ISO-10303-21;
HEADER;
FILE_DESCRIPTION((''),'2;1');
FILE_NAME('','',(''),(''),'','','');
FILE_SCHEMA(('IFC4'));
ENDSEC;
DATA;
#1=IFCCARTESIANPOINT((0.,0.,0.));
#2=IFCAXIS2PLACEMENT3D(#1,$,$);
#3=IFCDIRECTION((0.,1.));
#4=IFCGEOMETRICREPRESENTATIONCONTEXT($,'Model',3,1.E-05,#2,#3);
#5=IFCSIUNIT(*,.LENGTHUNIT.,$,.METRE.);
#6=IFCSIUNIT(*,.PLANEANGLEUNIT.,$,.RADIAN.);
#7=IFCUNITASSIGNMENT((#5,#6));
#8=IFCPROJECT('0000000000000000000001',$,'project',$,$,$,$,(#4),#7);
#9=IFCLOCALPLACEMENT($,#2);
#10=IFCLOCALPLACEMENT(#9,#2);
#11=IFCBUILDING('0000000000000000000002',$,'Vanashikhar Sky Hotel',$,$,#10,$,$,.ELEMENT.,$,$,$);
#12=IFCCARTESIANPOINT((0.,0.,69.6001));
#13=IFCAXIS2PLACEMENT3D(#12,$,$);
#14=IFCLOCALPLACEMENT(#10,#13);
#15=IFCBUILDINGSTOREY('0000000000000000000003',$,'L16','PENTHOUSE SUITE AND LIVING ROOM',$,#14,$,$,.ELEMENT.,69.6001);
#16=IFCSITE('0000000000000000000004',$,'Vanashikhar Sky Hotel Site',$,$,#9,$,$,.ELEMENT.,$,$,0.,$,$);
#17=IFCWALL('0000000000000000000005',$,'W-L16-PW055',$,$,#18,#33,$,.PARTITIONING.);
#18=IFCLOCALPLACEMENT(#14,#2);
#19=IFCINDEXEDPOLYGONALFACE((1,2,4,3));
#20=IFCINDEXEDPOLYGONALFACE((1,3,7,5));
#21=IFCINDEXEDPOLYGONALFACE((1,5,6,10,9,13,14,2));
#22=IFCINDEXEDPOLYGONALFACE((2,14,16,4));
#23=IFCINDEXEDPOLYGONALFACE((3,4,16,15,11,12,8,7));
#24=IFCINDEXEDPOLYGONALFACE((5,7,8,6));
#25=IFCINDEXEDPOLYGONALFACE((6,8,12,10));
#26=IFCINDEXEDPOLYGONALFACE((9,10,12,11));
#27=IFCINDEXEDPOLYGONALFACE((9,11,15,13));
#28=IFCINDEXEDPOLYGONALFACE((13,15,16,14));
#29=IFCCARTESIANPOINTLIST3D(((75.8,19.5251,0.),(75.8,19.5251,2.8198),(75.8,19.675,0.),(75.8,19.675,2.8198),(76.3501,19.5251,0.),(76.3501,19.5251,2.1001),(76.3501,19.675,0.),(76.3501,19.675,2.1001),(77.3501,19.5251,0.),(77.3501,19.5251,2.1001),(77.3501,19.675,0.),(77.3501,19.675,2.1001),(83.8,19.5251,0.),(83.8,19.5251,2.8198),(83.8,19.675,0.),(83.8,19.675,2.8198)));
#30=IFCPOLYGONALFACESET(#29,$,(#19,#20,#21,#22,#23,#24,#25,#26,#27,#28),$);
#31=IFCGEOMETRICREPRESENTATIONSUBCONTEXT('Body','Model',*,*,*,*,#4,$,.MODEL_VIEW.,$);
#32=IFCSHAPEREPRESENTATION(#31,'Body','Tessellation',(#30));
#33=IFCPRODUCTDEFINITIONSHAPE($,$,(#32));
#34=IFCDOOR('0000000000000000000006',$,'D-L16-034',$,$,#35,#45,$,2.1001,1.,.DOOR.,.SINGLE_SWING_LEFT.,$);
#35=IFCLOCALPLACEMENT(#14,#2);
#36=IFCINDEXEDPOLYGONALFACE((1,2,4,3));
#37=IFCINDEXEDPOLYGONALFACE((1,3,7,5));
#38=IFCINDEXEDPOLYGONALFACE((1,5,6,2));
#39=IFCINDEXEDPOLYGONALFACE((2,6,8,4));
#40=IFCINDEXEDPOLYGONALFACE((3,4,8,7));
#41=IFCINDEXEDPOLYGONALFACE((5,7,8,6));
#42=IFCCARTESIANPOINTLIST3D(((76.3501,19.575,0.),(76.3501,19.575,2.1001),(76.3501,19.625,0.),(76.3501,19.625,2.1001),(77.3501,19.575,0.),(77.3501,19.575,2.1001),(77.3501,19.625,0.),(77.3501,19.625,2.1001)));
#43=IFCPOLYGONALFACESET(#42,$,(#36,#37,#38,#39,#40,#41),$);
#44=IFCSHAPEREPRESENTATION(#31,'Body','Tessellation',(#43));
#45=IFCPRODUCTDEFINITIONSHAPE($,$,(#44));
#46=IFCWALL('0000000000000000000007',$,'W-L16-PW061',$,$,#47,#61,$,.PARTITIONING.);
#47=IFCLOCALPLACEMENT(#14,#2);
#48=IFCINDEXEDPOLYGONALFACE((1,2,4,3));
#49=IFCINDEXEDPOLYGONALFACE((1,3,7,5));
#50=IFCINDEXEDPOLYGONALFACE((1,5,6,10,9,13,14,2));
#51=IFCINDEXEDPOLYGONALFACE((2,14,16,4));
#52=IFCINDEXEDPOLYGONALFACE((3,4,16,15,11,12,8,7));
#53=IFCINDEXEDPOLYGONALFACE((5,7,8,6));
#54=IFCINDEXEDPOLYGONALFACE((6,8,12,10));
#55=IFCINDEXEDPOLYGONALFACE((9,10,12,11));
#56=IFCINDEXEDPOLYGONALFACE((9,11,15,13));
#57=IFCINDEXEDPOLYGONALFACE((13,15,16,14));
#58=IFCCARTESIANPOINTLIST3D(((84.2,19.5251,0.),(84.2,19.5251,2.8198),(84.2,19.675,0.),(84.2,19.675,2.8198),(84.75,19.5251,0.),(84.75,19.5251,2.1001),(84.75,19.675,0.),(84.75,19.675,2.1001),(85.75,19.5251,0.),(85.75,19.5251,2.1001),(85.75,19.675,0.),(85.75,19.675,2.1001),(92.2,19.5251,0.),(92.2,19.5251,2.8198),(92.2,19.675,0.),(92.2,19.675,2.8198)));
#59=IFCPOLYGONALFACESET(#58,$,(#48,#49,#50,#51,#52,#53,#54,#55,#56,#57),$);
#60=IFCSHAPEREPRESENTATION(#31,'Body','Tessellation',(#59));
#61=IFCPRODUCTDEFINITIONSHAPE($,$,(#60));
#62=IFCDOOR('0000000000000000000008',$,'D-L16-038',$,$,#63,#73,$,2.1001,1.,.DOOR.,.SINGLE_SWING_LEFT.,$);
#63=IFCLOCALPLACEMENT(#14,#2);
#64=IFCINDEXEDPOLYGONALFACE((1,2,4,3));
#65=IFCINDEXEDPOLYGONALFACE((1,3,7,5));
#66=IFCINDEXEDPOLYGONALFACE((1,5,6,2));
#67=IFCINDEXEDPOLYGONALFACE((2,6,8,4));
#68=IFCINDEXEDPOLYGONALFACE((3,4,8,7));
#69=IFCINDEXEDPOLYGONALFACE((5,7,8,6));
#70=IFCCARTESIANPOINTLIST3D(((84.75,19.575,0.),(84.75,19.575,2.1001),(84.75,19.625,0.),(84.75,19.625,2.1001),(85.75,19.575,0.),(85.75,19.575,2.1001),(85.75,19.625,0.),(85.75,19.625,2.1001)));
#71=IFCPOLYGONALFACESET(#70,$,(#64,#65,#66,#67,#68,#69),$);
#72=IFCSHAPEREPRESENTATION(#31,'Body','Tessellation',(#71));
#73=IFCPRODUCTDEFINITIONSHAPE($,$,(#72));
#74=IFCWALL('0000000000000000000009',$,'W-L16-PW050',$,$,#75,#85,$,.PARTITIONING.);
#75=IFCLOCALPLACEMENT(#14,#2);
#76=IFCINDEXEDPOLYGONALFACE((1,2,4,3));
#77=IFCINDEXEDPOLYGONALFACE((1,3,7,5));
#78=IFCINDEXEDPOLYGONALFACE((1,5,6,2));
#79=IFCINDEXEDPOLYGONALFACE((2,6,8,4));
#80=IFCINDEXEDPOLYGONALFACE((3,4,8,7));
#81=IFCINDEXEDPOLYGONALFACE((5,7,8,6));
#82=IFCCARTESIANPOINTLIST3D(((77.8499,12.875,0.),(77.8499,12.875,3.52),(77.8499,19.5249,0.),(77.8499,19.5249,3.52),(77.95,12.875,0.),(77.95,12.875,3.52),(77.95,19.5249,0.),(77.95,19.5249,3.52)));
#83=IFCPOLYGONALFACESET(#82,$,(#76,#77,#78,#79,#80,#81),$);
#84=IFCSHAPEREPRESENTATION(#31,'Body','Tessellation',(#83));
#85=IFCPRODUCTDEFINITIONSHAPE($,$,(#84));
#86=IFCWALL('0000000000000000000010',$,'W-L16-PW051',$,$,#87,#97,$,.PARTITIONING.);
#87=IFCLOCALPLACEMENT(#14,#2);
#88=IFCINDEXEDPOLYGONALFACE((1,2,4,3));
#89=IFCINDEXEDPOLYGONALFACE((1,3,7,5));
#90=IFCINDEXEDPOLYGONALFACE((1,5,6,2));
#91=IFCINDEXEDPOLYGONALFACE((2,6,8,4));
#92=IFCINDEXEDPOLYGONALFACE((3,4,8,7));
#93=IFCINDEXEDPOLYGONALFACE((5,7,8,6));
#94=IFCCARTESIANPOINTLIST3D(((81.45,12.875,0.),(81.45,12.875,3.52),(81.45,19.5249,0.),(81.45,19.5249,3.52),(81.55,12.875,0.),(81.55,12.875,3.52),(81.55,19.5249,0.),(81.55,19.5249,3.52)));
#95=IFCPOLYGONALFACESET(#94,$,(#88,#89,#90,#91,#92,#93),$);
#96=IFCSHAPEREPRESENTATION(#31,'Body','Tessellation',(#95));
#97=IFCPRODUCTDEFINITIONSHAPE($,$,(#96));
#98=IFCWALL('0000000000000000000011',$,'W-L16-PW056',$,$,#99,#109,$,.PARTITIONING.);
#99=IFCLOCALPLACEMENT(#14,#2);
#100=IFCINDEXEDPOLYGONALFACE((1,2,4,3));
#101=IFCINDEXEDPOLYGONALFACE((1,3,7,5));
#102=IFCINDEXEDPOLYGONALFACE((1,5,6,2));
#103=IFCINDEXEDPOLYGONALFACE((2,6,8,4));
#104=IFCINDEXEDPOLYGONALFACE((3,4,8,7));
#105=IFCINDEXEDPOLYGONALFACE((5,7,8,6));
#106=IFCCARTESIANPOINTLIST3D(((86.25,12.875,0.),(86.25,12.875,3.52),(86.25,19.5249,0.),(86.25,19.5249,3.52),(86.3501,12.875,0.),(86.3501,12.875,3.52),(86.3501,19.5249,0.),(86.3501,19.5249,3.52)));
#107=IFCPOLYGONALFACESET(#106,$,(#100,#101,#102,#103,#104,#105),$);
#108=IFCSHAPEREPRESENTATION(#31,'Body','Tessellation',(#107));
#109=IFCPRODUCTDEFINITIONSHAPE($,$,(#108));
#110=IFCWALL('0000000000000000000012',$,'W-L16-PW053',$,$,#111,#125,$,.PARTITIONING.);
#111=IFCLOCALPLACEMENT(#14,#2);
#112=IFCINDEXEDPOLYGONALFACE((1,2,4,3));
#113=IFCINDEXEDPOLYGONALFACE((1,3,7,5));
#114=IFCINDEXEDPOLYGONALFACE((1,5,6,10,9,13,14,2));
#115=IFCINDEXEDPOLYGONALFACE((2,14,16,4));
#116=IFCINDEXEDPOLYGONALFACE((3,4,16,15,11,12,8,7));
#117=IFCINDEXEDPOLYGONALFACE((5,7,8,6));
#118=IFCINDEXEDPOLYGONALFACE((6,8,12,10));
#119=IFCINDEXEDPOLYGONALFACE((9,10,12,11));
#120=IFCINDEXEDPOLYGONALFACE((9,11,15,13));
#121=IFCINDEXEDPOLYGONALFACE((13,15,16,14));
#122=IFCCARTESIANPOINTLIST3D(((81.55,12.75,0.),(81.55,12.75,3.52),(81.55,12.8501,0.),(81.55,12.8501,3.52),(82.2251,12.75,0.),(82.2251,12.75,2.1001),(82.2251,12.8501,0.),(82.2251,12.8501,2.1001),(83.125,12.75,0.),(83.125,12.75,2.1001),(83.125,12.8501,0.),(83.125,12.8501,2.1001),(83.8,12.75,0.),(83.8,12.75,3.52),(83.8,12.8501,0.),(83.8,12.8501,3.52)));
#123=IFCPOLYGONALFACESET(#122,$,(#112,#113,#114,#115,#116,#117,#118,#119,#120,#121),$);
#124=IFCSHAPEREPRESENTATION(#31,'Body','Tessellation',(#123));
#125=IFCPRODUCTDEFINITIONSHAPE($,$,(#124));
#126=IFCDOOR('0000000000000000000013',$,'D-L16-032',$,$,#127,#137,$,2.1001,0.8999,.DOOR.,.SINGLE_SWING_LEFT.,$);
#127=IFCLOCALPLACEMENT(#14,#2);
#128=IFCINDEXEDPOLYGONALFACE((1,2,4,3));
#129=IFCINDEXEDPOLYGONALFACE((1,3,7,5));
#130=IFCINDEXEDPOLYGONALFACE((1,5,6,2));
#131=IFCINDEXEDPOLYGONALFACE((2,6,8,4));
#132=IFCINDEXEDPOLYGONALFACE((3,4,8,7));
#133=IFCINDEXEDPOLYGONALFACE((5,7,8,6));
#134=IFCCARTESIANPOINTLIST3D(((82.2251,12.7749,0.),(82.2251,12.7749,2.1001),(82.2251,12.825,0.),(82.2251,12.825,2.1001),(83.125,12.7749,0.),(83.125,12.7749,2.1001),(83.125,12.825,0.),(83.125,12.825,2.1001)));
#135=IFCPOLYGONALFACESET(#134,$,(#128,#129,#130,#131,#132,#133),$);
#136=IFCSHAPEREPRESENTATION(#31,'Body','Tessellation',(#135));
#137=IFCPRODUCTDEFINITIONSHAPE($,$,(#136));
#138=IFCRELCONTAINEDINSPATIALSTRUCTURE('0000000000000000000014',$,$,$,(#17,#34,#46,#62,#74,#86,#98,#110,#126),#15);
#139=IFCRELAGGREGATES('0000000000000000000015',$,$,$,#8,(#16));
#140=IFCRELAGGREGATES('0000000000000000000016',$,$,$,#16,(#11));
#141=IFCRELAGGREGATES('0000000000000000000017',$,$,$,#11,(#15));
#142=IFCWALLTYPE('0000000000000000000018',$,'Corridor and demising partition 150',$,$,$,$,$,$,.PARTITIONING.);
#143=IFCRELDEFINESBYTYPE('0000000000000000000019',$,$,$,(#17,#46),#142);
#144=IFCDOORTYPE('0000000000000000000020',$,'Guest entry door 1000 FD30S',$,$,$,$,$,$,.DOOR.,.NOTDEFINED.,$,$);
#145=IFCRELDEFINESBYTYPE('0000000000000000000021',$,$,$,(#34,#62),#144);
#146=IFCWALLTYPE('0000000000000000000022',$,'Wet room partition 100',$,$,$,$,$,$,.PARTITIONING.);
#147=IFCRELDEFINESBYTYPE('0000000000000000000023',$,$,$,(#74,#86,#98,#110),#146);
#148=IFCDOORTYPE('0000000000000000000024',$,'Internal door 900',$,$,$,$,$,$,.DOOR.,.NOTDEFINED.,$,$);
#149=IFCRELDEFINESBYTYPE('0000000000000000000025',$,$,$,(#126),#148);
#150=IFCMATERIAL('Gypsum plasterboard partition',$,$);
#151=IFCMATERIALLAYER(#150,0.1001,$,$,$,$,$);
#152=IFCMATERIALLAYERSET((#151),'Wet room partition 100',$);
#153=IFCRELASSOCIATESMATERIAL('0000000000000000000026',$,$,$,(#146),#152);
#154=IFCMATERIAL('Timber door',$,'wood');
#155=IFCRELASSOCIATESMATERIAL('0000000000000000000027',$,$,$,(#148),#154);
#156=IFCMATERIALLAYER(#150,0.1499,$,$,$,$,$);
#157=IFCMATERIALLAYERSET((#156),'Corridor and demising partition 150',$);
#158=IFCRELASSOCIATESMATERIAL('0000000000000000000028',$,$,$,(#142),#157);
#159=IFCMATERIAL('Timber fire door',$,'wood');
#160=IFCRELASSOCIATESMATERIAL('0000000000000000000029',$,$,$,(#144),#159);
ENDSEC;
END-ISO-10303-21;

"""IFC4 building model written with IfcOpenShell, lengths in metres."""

from ifc_helpers import new_model, si_unit, direction, frame, frame_2d, origin, place, context, subcontext, project, spatial, rectangle, extrude, source, transform, mapped, material, layer, layer_set, type_object, element, fill, save


model = new_model("IFC4")

# Units and contexts
model_context = context("Model", 3, precision=1e-05, world=origin(), true_north=direction((0.0, 1.0)))
body_context = subcontext(model_context, "Body", "Model", "MODEL_VIEW")
ifc_project = project(units=[si_unit("LENGTHUNIT", "METRE"), si_unit("PLANEANGLEUNIT", "RADIAN")], contexts=[model_context])

# Site, building, storey
site_placement = place(None, origin())
site = spatial("IfcSite", under=ifc_project, at=site_placement, Name="Vanashikhar Sky Hotel Site", CompositionType="ELEMENT", RefElevation=0.0)
building_placement = place(site_placement, origin())
building = spatial("IfcBuilding", under=site, at=building_placement, Name="Vanashikhar Sky Hotel", CompositionType="ELEMENT")
storey_placement = place(building_placement, frame((0.0, 0.0, 69.6001)))
storey = spatial("IfcBuildingStorey", under=building, at=storey_placement, Name="L16", Description="PENTHOUSE SUITE AND LIVING ROOM", CompositionType="ELEMENT", Elevation=69.6001)

# Walls, openings, doors
ifc_material_1 = material(Name="Gypsum plasterboard partition")
ifc_layer_1 = layer(ifc_material_1, 0.1001)
ifc_layer_set_1 = layer_set([ifc_layer_1], Name="Wet room partition 100")
wall_type_1 = type_object("IfcWallType", Name="Wet room partition 100", PredefinedType="PARTITIONING", material=ifc_layer_set_1)
shared_shape_1 = source(origin(), body_context, "Body", "SweptSolid", [
    extrude(rectangle(XDim=0.8999, YDim=2.1001, at=frame_2d((0.45, 1.05))), frame((0.0, 0.0601, 0.0), z_axis=(0.0, -1.0, 0.0), x_axis=(1.0, 0.0, 0.0)), (0.0, 0.0, 1.0), 0.1201),
])
ifc_material_2 = material(Name="Timber door", Category="wood")
door_type_1 = type_object("IfcDoorType", Name="Internal door 900", OperationType="NOTDEFINED", PredefinedType="DOOR", material=ifc_material_2)
shared_shape_2 = source(origin(), body_context, "Body", "SweptSolid", [
    extrude(rectangle(XDim=0.8999, YDim=2.1001, at=frame_2d((0.45, 1.05))), frame((0.0, 0.0249, 0.0), z_axis=(0.0, -1.0, 0.0), x_axis=(1.0, 0.0, 0.0)), (0.0, 0.0, 1.0), 0.05),
])
ifc_layer_2 = layer(ifc_material_1, 0.1499)
ifc_layer_set_2 = layer_set([ifc_layer_2], Name="Corridor and demising partition 150")
wall_type_2 = type_object("IfcWallType", Name="Corridor and demising partition 150", PredefinedType="PARTITIONING", material=ifc_layer_set_2)
shared_shape_3 = source(origin(), body_context, "Body", "SweptSolid", [
    extrude(rectangle(XDim=8.0, YDim=0.1499, at=frame_2d((4.0, 0.0))), origin(), (0.0, 0.0, 1.0), 2.8198),
])
wall_1_placement = place(storey_placement, frame((75.8, 19.6001, 0.0), z_axis=(0.0, 0.0, 1.0), x_axis=(1.0, 0.0, 0.0)))
wall_1 = element("IfcWall", 1, at=wall_1_placement, inside=storey, type_object=wall_type_2, Name="W-L16-PW055", PredefinedType="PARTITIONING", context=body_context, shape_type="MappedRepresentation", body=[
    mapped(shared_shape_3, transform((0.0, 0.0, 0.0), scale=1.0)),
])
shared_shape_4 = source(origin(), body_context, "Body", "SweptSolid", [
    extrude(rectangle(XDim=1.0, YDim=2.1001, at=frame_2d((0.5, 1.05))), frame((0.0, 0.085, 0.0), z_axis=(0.0, -1.0, 0.0), x_axis=(1.0, 0.0, 0.0)), (0.0, 0.0, 1.0), 0.1699),
])
opening_1_placement = place(wall_1_placement, frame((0.55, 0.0, 0.0)))
opening_1 = element("IfcOpeningElement", 2, at=opening_1_placement, cuts=wall_1, PredefinedType="OPENING", context=body_context, shape_type="MappedRepresentation", body=[
    mapped(shared_shape_4, transform((0.0, 0.0, 0.0), scale=1.0)),
])
ifc_material_3 = material(Name="Timber fire door", Category="wood")
door_type_2 = type_object("IfcDoorType", Name="Guest entry door 1000 FD30S", OperationType="NOTDEFINED", PredefinedType="DOOR", material=ifc_material_3)
shared_shape_5 = source(origin(), body_context, "Body", "SweptSolid", [
    extrude(rectangle(XDim=1.0, YDim=2.1001, at=frame_2d((0.5, 1.05))), frame((0.0, 0.0249, 0.0), z_axis=(0.0, -1.0, 0.0), x_axis=(1.0, 0.0, 0.0)), (0.0, 0.0, 1.0), 0.05),
])
door_1_placement = place(opening_1_placement, origin())
door_1 = element("IfcDoor", 3, at=door_1_placement, inside=storey, type_object=door_type_2, Name="D-L16-034", OperationType="SINGLE_SWING_LEFT", OverallHeight=2.1001, OverallWidth=1.0, PredefinedType="DOOR", context=body_context, shape_type="MappedRepresentation", body=[
    mapped(shared_shape_5, transform((0.0, 0.0, 0.0), scale=1.0)),
])
fill(opening_1, door_1)
wall_2_placement = place(storey_placement, frame((84.2, 19.6001, 0.0), z_axis=(0.0, 0.0, 1.0), x_axis=(1.0, 0.0, 0.0)))
wall_2 = element("IfcWall", 4, at=wall_2_placement, inside=storey, type_object=wall_type_2, Name="W-L16-PW061", PredefinedType="PARTITIONING", context=body_context, shape_type="MappedRepresentation", body=[
    mapped(shared_shape_3, transform((0.0, 0.0, 0.0), scale=1.0)),
])
opening_2_placement = place(wall_2_placement, frame((0.55, 0.0, 0.0)))
opening_2 = element("IfcOpeningElement", 5, at=opening_2_placement, cuts=wall_2, PredefinedType="OPENING", context=body_context, shape_type="MappedRepresentation", body=[
    mapped(shared_shape_4, transform((0.0, 0.0, 0.0), scale=1.0)),
])
door_2_placement = place(opening_2_placement, origin())
door_2 = element("IfcDoor", 6, at=door_2_placement, inside=storey, type_object=door_type_2, Name="D-L16-038", OperationType="SINGLE_SWING_LEFT", OverallHeight=2.1001, OverallWidth=1.0, PredefinedType="DOOR", context=body_context, shape_type="MappedRepresentation", body=[
    mapped(shared_shape_5, transform((0.0, 0.0, 0.0), scale=1.0)),
])
fill(opening_2, door_2)

# Walls
shared_shape_6 = source(origin(), body_context, "Body", "SweptSolid", [
    extrude(rectangle(XDim=6.6499, YDim=0.1001, at=frame_2d((3.325, 0.0))), origin(), (0.0, 0.0, 1.0), 3.52),
])
for number, where, z_axis, x_axis, name in (
    (7, (77.8999, 12.875, 0.0), (0.0, 0.0, 1.0), (0.0, 1.0, 0.0), "W-L16-PW050"),
    (8, (81.5, 12.875, 0.0), (0.0, 0.0, 1.0), (0.0, 1.0, 0.0), "W-L16-PW051"),
    (9, (86.3, 12.875, 0.0), (0.0, 0.0, 1.0), (0.0, 1.0, 0.0), "W-L16-PW056"),
):
    element("IfcWall", number, at=place(storey_placement, frame(where, z_axis=z_axis, x_axis=x_axis)), inside=storey, type_object=wall_type_1, Name=name, PredefinedType="PARTITIONING", context=body_context, shape_type="MappedRepresentation", body=[
        mapped(shared_shape_6, transform((0.0, 0.0, 0.0), scale=1.0)),
    ])

# Wall, opening, door
shared_shape_7 = source(origin(), body_context, "Body", "SweptSolid", [
    extrude(rectangle(XDim=2.25, YDim=0.1001, at=frame_2d((1.125, 0.0))), origin(), (0.0, 0.0, 1.0), 3.52),
])
wall_3_placement = place(storey_placement, frame((81.55, 12.8, 0.0), z_axis=(0.0, 0.0, 1.0), x_axis=(1.0, 0.0, 0.0)))
wall_3 = element("IfcWall", 10, at=wall_3_placement, inside=storey, type_object=wall_type_1, Name="W-L16-PW053", PredefinedType="PARTITIONING", context=body_context, shape_type="MappedRepresentation", body=[
    mapped(shared_shape_7, transform((0.0, 0.0, 0.0), scale=1.0)),
])
opening_3_placement = place(wall_3_placement, frame((0.675, 0.0, 0.0)))
opening_3 = element("IfcOpeningElement", 11, at=opening_3_placement, cuts=wall_3, PredefinedType="OPENING", context=body_context, shape_type="MappedRepresentation", body=[
    mapped(shared_shape_1, transform((0.0, 0.0, 0.0), scale=1.0)),
])
door_3_placement = place(opening_3_placement, origin())
door_3 = element("IfcDoor", 12, at=door_3_placement, inside=storey, type_object=door_type_1, Name="D-L16-032", OperationType="SINGLE_SWING_LEFT", OverallHeight=2.1001, OverallWidth=0.8999, PredefinedType="DOOR", context=body_context, shape_type="MappedRepresentation", body=[
    mapped(shared_shape_2, transform((0.0, 0.0, 0.0), scale=1.0)),
])
fill(opening_3, door_3)

save(model, "model.ifc")
